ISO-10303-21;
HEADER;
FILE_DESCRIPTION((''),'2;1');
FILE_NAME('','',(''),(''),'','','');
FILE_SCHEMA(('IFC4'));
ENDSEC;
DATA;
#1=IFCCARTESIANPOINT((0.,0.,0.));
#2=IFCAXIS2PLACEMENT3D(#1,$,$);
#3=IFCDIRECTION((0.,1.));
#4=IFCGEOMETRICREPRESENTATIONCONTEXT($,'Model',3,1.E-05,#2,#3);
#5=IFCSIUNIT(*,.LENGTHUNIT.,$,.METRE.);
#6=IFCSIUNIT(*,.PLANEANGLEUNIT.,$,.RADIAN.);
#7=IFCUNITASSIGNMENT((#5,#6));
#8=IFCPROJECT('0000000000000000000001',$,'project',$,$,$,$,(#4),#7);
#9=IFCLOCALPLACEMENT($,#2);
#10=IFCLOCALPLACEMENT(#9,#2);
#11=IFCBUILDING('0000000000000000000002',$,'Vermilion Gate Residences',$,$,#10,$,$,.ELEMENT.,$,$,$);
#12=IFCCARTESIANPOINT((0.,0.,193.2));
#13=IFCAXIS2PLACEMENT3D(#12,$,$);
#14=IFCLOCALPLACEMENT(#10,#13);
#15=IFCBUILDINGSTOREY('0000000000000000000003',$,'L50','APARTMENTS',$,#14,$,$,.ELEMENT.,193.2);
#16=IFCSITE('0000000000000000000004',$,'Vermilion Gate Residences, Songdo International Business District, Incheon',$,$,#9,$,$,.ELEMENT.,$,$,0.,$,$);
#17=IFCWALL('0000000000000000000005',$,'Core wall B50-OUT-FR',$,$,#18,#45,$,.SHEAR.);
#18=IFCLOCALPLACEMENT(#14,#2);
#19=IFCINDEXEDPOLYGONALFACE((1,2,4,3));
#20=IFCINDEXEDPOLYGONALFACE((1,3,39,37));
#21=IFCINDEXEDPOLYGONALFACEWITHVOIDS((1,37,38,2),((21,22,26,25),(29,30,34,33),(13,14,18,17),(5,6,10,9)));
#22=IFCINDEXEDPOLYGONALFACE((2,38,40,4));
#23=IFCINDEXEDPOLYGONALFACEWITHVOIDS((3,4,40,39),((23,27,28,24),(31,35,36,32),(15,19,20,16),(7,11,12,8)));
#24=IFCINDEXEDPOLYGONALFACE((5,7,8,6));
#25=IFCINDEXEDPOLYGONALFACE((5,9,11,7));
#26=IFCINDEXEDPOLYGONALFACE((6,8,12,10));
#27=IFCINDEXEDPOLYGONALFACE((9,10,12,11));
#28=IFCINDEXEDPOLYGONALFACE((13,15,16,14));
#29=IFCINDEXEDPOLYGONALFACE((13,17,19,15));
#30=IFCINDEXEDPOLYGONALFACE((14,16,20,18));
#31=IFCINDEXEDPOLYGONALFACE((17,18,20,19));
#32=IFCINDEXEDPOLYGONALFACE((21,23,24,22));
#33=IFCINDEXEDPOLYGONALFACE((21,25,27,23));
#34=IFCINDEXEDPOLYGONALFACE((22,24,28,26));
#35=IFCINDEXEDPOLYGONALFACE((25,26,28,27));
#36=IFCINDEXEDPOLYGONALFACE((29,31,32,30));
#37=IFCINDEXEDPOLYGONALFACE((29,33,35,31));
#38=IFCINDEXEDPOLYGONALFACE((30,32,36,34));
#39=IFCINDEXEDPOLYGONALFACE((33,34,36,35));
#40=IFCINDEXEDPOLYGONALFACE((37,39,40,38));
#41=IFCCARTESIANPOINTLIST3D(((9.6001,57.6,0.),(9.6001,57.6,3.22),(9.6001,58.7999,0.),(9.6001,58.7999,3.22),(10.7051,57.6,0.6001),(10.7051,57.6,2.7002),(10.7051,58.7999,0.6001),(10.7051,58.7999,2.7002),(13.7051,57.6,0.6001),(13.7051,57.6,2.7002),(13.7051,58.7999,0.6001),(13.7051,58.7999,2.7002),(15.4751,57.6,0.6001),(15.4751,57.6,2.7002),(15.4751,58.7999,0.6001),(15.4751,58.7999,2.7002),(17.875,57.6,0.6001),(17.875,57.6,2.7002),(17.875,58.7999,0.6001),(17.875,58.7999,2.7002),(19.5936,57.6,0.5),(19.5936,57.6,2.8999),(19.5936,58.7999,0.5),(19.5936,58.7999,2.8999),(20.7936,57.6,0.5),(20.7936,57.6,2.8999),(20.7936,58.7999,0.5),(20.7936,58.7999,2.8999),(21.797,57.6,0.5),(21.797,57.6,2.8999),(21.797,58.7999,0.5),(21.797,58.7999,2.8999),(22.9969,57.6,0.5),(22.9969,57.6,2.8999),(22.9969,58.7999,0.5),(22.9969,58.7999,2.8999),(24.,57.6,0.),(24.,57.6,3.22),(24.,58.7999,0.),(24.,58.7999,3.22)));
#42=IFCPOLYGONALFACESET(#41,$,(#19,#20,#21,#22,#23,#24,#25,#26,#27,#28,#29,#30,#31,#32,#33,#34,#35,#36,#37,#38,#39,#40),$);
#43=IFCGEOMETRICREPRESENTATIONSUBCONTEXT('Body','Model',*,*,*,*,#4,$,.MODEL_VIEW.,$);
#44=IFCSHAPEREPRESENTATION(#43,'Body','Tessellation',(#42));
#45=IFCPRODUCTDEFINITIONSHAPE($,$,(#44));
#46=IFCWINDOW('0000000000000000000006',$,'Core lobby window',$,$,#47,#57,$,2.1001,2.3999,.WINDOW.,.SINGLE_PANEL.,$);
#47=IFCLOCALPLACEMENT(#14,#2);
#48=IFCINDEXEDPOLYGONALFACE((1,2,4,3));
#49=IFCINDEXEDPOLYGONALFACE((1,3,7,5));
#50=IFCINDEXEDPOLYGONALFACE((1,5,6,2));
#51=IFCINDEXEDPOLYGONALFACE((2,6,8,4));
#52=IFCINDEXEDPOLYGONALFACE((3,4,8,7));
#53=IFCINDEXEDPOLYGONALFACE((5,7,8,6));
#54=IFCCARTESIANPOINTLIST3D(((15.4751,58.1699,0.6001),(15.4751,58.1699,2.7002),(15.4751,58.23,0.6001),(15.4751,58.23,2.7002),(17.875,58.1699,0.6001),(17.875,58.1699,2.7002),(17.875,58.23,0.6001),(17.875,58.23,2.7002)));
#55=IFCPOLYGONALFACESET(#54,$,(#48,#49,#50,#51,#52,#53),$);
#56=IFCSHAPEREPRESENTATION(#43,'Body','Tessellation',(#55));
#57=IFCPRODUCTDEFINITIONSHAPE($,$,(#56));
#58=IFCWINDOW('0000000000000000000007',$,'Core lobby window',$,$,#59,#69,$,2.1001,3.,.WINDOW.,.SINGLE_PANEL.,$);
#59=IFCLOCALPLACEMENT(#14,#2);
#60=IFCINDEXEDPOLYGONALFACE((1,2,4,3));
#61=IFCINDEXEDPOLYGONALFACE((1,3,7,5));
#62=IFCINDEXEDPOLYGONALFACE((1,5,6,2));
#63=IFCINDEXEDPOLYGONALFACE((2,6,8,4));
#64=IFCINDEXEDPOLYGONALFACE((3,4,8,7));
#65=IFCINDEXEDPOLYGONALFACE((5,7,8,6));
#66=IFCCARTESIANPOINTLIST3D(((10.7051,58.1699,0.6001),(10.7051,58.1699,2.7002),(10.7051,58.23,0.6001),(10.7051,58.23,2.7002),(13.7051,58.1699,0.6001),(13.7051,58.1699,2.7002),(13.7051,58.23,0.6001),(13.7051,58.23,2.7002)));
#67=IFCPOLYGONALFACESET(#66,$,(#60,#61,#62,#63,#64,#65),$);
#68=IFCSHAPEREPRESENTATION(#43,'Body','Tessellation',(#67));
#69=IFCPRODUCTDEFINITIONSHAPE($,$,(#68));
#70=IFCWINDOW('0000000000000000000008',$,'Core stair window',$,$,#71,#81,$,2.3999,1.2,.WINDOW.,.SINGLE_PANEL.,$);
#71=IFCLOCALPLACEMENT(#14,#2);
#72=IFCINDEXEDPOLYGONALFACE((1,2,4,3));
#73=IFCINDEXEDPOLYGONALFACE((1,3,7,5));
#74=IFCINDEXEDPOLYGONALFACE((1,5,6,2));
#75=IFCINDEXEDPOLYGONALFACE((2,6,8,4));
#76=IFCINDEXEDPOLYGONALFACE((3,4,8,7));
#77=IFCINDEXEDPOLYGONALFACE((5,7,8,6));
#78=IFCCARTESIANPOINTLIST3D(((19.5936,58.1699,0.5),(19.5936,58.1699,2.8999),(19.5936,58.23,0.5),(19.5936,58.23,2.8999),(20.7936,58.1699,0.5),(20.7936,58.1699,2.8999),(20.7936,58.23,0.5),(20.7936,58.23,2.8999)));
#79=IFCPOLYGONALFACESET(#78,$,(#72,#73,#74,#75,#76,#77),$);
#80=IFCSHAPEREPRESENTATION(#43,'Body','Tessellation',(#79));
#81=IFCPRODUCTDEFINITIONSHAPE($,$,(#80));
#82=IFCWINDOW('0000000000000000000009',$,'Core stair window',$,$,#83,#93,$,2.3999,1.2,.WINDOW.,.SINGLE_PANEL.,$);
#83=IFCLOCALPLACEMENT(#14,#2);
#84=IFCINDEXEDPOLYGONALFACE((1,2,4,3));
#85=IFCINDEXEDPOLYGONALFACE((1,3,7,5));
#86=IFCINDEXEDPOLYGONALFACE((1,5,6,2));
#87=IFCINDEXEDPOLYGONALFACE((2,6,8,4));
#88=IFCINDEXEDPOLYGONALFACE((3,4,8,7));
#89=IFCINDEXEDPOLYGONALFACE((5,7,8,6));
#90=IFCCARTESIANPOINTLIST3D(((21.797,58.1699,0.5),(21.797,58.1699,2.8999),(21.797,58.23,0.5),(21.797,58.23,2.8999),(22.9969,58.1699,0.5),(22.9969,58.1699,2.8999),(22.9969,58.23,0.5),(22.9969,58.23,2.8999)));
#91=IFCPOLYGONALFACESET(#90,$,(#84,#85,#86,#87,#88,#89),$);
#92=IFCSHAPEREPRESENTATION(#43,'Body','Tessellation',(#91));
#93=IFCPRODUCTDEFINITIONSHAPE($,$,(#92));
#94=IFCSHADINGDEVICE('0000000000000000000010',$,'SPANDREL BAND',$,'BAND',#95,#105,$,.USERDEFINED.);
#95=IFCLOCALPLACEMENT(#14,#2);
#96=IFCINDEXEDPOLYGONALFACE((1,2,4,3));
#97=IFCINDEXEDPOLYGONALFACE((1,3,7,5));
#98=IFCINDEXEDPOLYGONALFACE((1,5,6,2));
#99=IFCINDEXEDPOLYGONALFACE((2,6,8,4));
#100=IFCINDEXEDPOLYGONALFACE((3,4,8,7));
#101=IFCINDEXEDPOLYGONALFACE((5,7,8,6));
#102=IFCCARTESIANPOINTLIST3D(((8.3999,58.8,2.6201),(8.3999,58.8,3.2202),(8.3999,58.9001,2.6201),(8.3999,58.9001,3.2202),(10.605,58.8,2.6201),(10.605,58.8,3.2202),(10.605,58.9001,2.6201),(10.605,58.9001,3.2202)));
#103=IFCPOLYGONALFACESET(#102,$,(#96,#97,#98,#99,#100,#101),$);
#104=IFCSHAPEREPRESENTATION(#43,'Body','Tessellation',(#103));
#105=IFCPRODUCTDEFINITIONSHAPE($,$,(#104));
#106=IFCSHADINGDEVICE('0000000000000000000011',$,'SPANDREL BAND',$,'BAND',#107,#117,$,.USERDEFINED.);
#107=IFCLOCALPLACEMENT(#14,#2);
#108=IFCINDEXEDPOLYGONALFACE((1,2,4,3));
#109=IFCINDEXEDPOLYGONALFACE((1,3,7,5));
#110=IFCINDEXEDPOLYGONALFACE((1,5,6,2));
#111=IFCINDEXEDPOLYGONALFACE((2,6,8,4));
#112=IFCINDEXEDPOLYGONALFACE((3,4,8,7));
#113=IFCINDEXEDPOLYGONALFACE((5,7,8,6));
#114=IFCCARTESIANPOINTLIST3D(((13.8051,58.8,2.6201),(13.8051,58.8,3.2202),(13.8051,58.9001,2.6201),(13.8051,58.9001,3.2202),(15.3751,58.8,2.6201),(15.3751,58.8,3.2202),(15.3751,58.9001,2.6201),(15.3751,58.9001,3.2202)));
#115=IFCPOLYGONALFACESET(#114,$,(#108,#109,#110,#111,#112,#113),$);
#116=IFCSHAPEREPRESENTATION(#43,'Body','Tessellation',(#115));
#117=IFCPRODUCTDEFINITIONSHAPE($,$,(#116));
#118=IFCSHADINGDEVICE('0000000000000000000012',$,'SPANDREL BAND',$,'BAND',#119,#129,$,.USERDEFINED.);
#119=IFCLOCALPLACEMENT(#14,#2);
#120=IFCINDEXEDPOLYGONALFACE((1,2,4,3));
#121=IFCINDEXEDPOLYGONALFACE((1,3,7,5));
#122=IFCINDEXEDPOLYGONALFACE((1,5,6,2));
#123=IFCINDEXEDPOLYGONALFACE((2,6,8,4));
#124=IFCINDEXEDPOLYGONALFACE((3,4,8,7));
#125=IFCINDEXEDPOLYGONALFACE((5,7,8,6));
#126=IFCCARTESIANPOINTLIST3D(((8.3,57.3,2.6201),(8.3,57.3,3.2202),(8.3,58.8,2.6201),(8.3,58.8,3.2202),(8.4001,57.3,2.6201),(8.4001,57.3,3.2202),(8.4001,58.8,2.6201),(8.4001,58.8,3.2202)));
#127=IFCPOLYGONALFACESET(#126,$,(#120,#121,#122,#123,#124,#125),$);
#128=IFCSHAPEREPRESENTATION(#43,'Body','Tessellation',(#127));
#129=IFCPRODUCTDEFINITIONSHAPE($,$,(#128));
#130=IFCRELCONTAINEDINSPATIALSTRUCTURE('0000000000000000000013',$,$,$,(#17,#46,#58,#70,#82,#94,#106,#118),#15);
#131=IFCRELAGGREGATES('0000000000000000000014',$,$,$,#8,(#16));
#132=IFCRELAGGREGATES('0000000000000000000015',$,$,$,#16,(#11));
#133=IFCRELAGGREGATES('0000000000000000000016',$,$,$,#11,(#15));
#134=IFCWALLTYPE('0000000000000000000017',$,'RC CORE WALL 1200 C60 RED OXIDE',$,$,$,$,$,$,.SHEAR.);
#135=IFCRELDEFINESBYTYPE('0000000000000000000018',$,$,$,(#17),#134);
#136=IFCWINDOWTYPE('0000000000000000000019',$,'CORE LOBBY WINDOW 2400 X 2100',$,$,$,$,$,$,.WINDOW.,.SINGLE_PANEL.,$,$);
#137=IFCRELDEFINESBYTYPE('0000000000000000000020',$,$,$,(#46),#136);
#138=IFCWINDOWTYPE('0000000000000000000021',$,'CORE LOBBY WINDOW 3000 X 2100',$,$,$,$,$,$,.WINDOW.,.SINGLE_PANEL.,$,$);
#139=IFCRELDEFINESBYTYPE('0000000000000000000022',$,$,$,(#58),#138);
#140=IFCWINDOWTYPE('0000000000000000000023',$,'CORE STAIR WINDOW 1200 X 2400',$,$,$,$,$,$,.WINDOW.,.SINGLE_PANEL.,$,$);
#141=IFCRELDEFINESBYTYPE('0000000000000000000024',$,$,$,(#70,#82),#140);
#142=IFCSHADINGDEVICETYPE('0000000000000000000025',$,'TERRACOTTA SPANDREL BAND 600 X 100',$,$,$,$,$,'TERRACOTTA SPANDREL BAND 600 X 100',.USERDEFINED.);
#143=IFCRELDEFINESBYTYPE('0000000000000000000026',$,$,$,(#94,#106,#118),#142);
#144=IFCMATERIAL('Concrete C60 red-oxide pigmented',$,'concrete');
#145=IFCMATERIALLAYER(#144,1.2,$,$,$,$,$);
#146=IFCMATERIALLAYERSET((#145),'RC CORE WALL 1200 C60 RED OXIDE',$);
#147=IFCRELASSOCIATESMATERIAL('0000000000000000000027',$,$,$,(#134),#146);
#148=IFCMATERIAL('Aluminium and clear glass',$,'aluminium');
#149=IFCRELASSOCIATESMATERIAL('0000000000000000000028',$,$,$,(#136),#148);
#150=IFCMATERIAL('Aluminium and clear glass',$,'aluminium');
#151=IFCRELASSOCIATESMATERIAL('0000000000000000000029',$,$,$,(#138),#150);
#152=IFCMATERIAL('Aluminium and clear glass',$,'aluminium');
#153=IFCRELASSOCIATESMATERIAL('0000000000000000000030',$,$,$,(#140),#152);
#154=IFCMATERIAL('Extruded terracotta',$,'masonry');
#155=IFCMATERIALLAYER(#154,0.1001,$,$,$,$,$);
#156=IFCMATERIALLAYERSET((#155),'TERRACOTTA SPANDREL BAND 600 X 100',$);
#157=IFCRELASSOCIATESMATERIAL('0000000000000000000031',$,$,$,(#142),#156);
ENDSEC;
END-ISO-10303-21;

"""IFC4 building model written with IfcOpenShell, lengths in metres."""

from ifc_helpers import new_model, si_unit, direction, frame, frame_2d, origin, origin_2d, place, context, subcontext, project, spatial, rectangle, extrude, material, layer, layer_set, type_object, element, fill, save


model = new_model("IFC4")

# Units and contexts
model_context = context("Model", 3, precision=1e-05, world=origin(), true_north=direction((0.0, 1.0)))
body_context = subcontext(model_context, "Body", "Model", "MODEL_VIEW")
ifc_project = project(units=[si_unit("LENGTHUNIT", "METRE"), si_unit("PLANEANGLEUNIT", "RADIAN")], contexts=[model_context])

# Site, building, storey
site_placement = place(None, origin())
site = spatial("IfcSite", under=ifc_project, at=site_placement, Name="Vermilion Gate Residences, Songdo International Business District, Incheon", CompositionType="ELEMENT", RefElevation=0.0)
building_placement = place(site_placement, origin())
building = spatial("IfcBuilding", under=site, at=building_placement, Name="Vermilion Gate Residences", CompositionType="ELEMENT")
storey_placement = place(building_placement, frame((0.0, 0.0, 193.2)))
storey = spatial("IfcBuildingStorey", under=building, at=storey_placement, Name="L50", Description="APARTMENTS", CompositionType="ELEMENT", Elevation=193.2)

# Wall, openings, windows
ifc_material_1 = material(Name="Concrete C60 red-oxide pigmented", Category="concrete")
ifc_layer_1 = layer(ifc_material_1, 1.2)
ifc_layer_set_1 = layer_set([ifc_layer_1], Name="RC CORE WALL 1200 C60 RED OXIDE")
wall_type_1 = type_object("IfcWallType", Name="RC CORE WALL 1200 C60 RED OXIDE", PredefinedType="SHEAR", material=ifc_layer_set_1)
ifc_material_2 = material(Name="Aluminium and clear glass", Category="aluminium")
window_type_1 = type_object("IfcWindowType", Name="CORE LOBBY WINDOW 2400 X 2100", PartitioningType="SINGLE_PANEL", PredefinedType="WINDOW", material=ifc_material_2)
wall_1_placement = place(storey_placement, frame((9.6001, 58.2, 0.0), z_axis=(0.0, 0.0, 1.0), x_axis=(1.0, 0.0, 0.0)))
wall_1 = element("IfcWall", 1, at=wall_1_placement, inside=storey, type_object=wall_type_1, Name="Core wall B50-OUT-FR", PredefinedType="SHEAR", context=body_context, shape_type="SweptSolid", body=[
    extrude(rectangle(XDim=14.3999, YDim=1.2, at=frame_2d((7.2, 0.0))), origin(), (0.0, 0.0, 1.0), 3.22),
])
opening_1_placement = place(wall_1_placement, frame((1.105, 0.0, 0.6001)))
opening_1 = element("IfcOpeningElement", 2, at=opening_1_placement, cuts=wall_1, PredefinedType="OPENING", context=body_context, shape_type="SweptSolid", body=[
    extrude(rectangle(XDim=3.0, YDim=2.1001, at=frame_2d((1.5, 1.05))), frame((0.0, 0.6099, 0.0), z_axis=(0.0, -1.0, 0.0), x_axis=(1.0, 0.0, 0.0)), (0.0, 0.0, 1.0), 1.22),
])
opening_2_placement = place(wall_1_placement, frame((5.875, 0.0, 0.6001)))
opening_2 = element("IfcOpeningElement", 3, at=opening_2_placement, cuts=wall_1, PredefinedType="OPENING", context=body_context, shape_type="SweptSolid", body=[
    extrude(rectangle(XDim=2.3999, YDim=2.1001, at=frame_2d((1.2, 1.05))), frame((0.0, 0.6099, 0.0), z_axis=(0.0, -1.0, 0.0), x_axis=(1.0, 0.0, 0.0)), (0.0, 0.0, 1.0), 1.22),
])
opening_3_placement = place(wall_1_placement, frame((9.9934, 0.0, 0.5)))
opening_3 = element("IfcOpeningElement", 4, at=opening_3_placement, cuts=wall_1, PredefinedType="OPENING", context=body_context, shape_type="SweptSolid", body=[
    extrude(rectangle(XDim=1.2, YDim=2.3999, at=frame_2d((0.6001, 1.2))), frame((0.0, 0.6099, 0.0), z_axis=(0.0, -1.0, 0.0), x_axis=(1.0, 0.0, 0.0)), (0.0, 0.0, 1.0), 1.22),
])
opening_4_placement = place(wall_1_placement, frame((12.1968, 0.0, 0.5)))
opening_4 = element("IfcOpeningElement", 5, at=opening_4_placement, cuts=wall_1, PredefinedType="OPENING", context=body_context, shape_type="SweptSolid", body=[
    extrude(rectangle(XDim=1.2, YDim=2.3999, at=frame_2d((0.6001, 1.2))), frame((0.0, 0.6099, 0.0), z_axis=(0.0, -1.0, 0.0), x_axis=(1.0, 0.0, 0.0)), (0.0, 0.0, 1.0), 1.22),
])
window_1_placement = place(opening_2_placement, origin())
window_1 = element("IfcWindow", 6, at=window_1_placement, inside=storey, type_object=window_type_1, Name="Core lobby window", OverallHeight=2.1001, OverallWidth=2.3999, PartitioningType="SINGLE_PANEL", PredefinedType="WINDOW", context=body_context, shape_type="SweptSolid", body=[
    extrude(rectangle(XDim=2.3999, YDim=2.1001, at=frame_2d((1.2, 1.05))), frame((0.0, 0.03, 0.0), z_axis=(0.0, -1.0, 0.0), x_axis=(1.0, 0.0, 0.0)), (0.0, 0.0, 1.0), 0.0601),
])
fill(opening_2, window_1)
ifc_material_3 = material(Name="Aluminium and clear glass", Category="aluminium")
window_type_2 = type_object("IfcWindowType", Name="CORE LOBBY WINDOW 3000 X 2100", PartitioningType="SINGLE_PANEL", PredefinedType="WINDOW", material=ifc_material_3)
window_2_placement = place(opening_1_placement, origin())
window_2 = element("IfcWindow", 7, at=window_2_placement, inside=storey, type_object=window_type_2, Name="Core lobby window", OverallHeight=2.1001, OverallWidth=3.0, PartitioningType="SINGLE_PANEL", PredefinedType="WINDOW", context=body_context, shape_type="SweptSolid", body=[
    extrude(rectangle(XDim=3.0, YDim=2.1001, at=frame_2d((1.5, 1.05))), frame((0.0, 0.03, 0.0), z_axis=(0.0, -1.0, 0.0), x_axis=(1.0, 0.0, 0.0)), (0.0, 0.0, 1.0), 0.0601),
])
fill(opening_1, window_2)
ifc_material_4 = material(Name="Aluminium and clear glass", Category="aluminium")
window_type_3 = type_object("IfcWindowType", Name="CORE STAIR WINDOW 1200 X 2400", PartitioningType="SINGLE_PANEL", PredefinedType="WINDOW", material=ifc_material_4)
window_3_placement = place(opening_3_placement, origin())
window_3 = element("IfcWindow", 8, at=window_3_placement, inside=storey, type_object=window_type_3, Name="Core stair window", OverallHeight=2.3999, OverallWidth=1.2, PartitioningType="SINGLE_PANEL", PredefinedType="WINDOW", context=body_context, shape_type="SweptSolid", body=[
    extrude(rectangle(XDim=1.2, YDim=2.3999, at=frame_2d((0.6001, 1.2))), frame((0.0, 0.03, 0.0), z_axis=(0.0, -1.0, 0.0), x_axis=(1.0, 0.0, 0.0)), (0.0, 0.0, 1.0), 0.0601),
])
fill(opening_3, window_3)
window_4_placement = place(opening_4_placement, origin())
window_4 = element("IfcWindow", 9, at=window_4_placement, inside=storey, type_object=window_type_3, Name="Core stair window", OverallHeight=2.3999, OverallWidth=1.2, PartitioningType="SINGLE_PANEL", PredefinedType="WINDOW", context=body_context, shape_type="SweptSolid", body=[
    extrude(rectangle(XDim=1.2, YDim=2.3999, at=frame_2d((0.6001, 1.2))), frame((0.0, 0.03, 0.0), z_axis=(0.0, -1.0, 0.0), x_axis=(1.0, 0.0, 0.0)), (0.0, 0.0, 1.0), 0.0601),
])
fill(opening_4, window_4)

# Shading devices
ifc_material_5 = material(Name="Extruded terracotta", Category="masonry")
ifc_layer_2 = layer(ifc_material_5, 0.1001)
ifc_layer_set_2 = layer_set([ifc_layer_2], Name="TERRACOTTA SPANDREL BAND 600 X 100")
shading_device_type = type_object("IfcShadingDeviceType", Name="TERRACOTTA SPANDREL BAND 600 X 100", ElementType="TERRACOTTA SPANDREL BAND 600 X 100", PredefinedType="USERDEFINED", material=ifc_layer_set_2)
shading_device_1_placement = place(storey_placement, frame((9.5024, 58.8501, 2.6201), z_axis=(0.0, 0.0, 1.0), x_axis=(1.0, 0.0, 0.0)))
element("IfcShadingDevice", 10, at=shading_device_1_placement, inside=storey, type_object=shading_device_type, Name="SPANDREL BAND", ObjectType="BAND", PredefinedType="USERDEFINED", context=body_context, shape_type="SweptSolid", body=[
    extrude(rectangle(XDim=2.2051, YDim=0.1001, at=origin_2d()), origin(), (0.0, 0.0, 1.0), 0.6001),
])
shading_device_2_placement = place(storey_placement, frame((14.5901, 58.8501, 2.6201), z_axis=(0.0, 0.0, 1.0), x_axis=(1.0, 0.0, 0.0)))
element("IfcShadingDevice", 11, at=shading_device_2_placement, inside=storey, type_object=shading_device_type, Name="SPANDREL BAND", ObjectType="BAND", PredefinedType="USERDEFINED", context=body_context, shape_type="SweptSolid", body=[
    extrude(rectangle(XDim=1.5701, YDim=0.1001, at=origin_2d()), origin(), (0.0, 0.0, 1.0), 0.6001),
])
shading_device_3_placement = place(storey_placement, frame((8.3501, 58.05, 2.6201), z_axis=(0.0, 0.0, 1.0), x_axis=(0.0, 1.0, 0.0)))
element("IfcShadingDevice", 12, at=shading_device_3_placement, inside=storey, type_object=shading_device_type, Name="SPANDREL BAND", ObjectType="BAND", PredefinedType="USERDEFINED", context=body_context, shape_type="SweptSolid", body=[
    extrude(rectangle(XDim=1.5, YDim=0.1001, at=origin_2d()), origin(), (0.0, 0.0, 1.0), 0.6001),
])

save(model, "model.ifc")
